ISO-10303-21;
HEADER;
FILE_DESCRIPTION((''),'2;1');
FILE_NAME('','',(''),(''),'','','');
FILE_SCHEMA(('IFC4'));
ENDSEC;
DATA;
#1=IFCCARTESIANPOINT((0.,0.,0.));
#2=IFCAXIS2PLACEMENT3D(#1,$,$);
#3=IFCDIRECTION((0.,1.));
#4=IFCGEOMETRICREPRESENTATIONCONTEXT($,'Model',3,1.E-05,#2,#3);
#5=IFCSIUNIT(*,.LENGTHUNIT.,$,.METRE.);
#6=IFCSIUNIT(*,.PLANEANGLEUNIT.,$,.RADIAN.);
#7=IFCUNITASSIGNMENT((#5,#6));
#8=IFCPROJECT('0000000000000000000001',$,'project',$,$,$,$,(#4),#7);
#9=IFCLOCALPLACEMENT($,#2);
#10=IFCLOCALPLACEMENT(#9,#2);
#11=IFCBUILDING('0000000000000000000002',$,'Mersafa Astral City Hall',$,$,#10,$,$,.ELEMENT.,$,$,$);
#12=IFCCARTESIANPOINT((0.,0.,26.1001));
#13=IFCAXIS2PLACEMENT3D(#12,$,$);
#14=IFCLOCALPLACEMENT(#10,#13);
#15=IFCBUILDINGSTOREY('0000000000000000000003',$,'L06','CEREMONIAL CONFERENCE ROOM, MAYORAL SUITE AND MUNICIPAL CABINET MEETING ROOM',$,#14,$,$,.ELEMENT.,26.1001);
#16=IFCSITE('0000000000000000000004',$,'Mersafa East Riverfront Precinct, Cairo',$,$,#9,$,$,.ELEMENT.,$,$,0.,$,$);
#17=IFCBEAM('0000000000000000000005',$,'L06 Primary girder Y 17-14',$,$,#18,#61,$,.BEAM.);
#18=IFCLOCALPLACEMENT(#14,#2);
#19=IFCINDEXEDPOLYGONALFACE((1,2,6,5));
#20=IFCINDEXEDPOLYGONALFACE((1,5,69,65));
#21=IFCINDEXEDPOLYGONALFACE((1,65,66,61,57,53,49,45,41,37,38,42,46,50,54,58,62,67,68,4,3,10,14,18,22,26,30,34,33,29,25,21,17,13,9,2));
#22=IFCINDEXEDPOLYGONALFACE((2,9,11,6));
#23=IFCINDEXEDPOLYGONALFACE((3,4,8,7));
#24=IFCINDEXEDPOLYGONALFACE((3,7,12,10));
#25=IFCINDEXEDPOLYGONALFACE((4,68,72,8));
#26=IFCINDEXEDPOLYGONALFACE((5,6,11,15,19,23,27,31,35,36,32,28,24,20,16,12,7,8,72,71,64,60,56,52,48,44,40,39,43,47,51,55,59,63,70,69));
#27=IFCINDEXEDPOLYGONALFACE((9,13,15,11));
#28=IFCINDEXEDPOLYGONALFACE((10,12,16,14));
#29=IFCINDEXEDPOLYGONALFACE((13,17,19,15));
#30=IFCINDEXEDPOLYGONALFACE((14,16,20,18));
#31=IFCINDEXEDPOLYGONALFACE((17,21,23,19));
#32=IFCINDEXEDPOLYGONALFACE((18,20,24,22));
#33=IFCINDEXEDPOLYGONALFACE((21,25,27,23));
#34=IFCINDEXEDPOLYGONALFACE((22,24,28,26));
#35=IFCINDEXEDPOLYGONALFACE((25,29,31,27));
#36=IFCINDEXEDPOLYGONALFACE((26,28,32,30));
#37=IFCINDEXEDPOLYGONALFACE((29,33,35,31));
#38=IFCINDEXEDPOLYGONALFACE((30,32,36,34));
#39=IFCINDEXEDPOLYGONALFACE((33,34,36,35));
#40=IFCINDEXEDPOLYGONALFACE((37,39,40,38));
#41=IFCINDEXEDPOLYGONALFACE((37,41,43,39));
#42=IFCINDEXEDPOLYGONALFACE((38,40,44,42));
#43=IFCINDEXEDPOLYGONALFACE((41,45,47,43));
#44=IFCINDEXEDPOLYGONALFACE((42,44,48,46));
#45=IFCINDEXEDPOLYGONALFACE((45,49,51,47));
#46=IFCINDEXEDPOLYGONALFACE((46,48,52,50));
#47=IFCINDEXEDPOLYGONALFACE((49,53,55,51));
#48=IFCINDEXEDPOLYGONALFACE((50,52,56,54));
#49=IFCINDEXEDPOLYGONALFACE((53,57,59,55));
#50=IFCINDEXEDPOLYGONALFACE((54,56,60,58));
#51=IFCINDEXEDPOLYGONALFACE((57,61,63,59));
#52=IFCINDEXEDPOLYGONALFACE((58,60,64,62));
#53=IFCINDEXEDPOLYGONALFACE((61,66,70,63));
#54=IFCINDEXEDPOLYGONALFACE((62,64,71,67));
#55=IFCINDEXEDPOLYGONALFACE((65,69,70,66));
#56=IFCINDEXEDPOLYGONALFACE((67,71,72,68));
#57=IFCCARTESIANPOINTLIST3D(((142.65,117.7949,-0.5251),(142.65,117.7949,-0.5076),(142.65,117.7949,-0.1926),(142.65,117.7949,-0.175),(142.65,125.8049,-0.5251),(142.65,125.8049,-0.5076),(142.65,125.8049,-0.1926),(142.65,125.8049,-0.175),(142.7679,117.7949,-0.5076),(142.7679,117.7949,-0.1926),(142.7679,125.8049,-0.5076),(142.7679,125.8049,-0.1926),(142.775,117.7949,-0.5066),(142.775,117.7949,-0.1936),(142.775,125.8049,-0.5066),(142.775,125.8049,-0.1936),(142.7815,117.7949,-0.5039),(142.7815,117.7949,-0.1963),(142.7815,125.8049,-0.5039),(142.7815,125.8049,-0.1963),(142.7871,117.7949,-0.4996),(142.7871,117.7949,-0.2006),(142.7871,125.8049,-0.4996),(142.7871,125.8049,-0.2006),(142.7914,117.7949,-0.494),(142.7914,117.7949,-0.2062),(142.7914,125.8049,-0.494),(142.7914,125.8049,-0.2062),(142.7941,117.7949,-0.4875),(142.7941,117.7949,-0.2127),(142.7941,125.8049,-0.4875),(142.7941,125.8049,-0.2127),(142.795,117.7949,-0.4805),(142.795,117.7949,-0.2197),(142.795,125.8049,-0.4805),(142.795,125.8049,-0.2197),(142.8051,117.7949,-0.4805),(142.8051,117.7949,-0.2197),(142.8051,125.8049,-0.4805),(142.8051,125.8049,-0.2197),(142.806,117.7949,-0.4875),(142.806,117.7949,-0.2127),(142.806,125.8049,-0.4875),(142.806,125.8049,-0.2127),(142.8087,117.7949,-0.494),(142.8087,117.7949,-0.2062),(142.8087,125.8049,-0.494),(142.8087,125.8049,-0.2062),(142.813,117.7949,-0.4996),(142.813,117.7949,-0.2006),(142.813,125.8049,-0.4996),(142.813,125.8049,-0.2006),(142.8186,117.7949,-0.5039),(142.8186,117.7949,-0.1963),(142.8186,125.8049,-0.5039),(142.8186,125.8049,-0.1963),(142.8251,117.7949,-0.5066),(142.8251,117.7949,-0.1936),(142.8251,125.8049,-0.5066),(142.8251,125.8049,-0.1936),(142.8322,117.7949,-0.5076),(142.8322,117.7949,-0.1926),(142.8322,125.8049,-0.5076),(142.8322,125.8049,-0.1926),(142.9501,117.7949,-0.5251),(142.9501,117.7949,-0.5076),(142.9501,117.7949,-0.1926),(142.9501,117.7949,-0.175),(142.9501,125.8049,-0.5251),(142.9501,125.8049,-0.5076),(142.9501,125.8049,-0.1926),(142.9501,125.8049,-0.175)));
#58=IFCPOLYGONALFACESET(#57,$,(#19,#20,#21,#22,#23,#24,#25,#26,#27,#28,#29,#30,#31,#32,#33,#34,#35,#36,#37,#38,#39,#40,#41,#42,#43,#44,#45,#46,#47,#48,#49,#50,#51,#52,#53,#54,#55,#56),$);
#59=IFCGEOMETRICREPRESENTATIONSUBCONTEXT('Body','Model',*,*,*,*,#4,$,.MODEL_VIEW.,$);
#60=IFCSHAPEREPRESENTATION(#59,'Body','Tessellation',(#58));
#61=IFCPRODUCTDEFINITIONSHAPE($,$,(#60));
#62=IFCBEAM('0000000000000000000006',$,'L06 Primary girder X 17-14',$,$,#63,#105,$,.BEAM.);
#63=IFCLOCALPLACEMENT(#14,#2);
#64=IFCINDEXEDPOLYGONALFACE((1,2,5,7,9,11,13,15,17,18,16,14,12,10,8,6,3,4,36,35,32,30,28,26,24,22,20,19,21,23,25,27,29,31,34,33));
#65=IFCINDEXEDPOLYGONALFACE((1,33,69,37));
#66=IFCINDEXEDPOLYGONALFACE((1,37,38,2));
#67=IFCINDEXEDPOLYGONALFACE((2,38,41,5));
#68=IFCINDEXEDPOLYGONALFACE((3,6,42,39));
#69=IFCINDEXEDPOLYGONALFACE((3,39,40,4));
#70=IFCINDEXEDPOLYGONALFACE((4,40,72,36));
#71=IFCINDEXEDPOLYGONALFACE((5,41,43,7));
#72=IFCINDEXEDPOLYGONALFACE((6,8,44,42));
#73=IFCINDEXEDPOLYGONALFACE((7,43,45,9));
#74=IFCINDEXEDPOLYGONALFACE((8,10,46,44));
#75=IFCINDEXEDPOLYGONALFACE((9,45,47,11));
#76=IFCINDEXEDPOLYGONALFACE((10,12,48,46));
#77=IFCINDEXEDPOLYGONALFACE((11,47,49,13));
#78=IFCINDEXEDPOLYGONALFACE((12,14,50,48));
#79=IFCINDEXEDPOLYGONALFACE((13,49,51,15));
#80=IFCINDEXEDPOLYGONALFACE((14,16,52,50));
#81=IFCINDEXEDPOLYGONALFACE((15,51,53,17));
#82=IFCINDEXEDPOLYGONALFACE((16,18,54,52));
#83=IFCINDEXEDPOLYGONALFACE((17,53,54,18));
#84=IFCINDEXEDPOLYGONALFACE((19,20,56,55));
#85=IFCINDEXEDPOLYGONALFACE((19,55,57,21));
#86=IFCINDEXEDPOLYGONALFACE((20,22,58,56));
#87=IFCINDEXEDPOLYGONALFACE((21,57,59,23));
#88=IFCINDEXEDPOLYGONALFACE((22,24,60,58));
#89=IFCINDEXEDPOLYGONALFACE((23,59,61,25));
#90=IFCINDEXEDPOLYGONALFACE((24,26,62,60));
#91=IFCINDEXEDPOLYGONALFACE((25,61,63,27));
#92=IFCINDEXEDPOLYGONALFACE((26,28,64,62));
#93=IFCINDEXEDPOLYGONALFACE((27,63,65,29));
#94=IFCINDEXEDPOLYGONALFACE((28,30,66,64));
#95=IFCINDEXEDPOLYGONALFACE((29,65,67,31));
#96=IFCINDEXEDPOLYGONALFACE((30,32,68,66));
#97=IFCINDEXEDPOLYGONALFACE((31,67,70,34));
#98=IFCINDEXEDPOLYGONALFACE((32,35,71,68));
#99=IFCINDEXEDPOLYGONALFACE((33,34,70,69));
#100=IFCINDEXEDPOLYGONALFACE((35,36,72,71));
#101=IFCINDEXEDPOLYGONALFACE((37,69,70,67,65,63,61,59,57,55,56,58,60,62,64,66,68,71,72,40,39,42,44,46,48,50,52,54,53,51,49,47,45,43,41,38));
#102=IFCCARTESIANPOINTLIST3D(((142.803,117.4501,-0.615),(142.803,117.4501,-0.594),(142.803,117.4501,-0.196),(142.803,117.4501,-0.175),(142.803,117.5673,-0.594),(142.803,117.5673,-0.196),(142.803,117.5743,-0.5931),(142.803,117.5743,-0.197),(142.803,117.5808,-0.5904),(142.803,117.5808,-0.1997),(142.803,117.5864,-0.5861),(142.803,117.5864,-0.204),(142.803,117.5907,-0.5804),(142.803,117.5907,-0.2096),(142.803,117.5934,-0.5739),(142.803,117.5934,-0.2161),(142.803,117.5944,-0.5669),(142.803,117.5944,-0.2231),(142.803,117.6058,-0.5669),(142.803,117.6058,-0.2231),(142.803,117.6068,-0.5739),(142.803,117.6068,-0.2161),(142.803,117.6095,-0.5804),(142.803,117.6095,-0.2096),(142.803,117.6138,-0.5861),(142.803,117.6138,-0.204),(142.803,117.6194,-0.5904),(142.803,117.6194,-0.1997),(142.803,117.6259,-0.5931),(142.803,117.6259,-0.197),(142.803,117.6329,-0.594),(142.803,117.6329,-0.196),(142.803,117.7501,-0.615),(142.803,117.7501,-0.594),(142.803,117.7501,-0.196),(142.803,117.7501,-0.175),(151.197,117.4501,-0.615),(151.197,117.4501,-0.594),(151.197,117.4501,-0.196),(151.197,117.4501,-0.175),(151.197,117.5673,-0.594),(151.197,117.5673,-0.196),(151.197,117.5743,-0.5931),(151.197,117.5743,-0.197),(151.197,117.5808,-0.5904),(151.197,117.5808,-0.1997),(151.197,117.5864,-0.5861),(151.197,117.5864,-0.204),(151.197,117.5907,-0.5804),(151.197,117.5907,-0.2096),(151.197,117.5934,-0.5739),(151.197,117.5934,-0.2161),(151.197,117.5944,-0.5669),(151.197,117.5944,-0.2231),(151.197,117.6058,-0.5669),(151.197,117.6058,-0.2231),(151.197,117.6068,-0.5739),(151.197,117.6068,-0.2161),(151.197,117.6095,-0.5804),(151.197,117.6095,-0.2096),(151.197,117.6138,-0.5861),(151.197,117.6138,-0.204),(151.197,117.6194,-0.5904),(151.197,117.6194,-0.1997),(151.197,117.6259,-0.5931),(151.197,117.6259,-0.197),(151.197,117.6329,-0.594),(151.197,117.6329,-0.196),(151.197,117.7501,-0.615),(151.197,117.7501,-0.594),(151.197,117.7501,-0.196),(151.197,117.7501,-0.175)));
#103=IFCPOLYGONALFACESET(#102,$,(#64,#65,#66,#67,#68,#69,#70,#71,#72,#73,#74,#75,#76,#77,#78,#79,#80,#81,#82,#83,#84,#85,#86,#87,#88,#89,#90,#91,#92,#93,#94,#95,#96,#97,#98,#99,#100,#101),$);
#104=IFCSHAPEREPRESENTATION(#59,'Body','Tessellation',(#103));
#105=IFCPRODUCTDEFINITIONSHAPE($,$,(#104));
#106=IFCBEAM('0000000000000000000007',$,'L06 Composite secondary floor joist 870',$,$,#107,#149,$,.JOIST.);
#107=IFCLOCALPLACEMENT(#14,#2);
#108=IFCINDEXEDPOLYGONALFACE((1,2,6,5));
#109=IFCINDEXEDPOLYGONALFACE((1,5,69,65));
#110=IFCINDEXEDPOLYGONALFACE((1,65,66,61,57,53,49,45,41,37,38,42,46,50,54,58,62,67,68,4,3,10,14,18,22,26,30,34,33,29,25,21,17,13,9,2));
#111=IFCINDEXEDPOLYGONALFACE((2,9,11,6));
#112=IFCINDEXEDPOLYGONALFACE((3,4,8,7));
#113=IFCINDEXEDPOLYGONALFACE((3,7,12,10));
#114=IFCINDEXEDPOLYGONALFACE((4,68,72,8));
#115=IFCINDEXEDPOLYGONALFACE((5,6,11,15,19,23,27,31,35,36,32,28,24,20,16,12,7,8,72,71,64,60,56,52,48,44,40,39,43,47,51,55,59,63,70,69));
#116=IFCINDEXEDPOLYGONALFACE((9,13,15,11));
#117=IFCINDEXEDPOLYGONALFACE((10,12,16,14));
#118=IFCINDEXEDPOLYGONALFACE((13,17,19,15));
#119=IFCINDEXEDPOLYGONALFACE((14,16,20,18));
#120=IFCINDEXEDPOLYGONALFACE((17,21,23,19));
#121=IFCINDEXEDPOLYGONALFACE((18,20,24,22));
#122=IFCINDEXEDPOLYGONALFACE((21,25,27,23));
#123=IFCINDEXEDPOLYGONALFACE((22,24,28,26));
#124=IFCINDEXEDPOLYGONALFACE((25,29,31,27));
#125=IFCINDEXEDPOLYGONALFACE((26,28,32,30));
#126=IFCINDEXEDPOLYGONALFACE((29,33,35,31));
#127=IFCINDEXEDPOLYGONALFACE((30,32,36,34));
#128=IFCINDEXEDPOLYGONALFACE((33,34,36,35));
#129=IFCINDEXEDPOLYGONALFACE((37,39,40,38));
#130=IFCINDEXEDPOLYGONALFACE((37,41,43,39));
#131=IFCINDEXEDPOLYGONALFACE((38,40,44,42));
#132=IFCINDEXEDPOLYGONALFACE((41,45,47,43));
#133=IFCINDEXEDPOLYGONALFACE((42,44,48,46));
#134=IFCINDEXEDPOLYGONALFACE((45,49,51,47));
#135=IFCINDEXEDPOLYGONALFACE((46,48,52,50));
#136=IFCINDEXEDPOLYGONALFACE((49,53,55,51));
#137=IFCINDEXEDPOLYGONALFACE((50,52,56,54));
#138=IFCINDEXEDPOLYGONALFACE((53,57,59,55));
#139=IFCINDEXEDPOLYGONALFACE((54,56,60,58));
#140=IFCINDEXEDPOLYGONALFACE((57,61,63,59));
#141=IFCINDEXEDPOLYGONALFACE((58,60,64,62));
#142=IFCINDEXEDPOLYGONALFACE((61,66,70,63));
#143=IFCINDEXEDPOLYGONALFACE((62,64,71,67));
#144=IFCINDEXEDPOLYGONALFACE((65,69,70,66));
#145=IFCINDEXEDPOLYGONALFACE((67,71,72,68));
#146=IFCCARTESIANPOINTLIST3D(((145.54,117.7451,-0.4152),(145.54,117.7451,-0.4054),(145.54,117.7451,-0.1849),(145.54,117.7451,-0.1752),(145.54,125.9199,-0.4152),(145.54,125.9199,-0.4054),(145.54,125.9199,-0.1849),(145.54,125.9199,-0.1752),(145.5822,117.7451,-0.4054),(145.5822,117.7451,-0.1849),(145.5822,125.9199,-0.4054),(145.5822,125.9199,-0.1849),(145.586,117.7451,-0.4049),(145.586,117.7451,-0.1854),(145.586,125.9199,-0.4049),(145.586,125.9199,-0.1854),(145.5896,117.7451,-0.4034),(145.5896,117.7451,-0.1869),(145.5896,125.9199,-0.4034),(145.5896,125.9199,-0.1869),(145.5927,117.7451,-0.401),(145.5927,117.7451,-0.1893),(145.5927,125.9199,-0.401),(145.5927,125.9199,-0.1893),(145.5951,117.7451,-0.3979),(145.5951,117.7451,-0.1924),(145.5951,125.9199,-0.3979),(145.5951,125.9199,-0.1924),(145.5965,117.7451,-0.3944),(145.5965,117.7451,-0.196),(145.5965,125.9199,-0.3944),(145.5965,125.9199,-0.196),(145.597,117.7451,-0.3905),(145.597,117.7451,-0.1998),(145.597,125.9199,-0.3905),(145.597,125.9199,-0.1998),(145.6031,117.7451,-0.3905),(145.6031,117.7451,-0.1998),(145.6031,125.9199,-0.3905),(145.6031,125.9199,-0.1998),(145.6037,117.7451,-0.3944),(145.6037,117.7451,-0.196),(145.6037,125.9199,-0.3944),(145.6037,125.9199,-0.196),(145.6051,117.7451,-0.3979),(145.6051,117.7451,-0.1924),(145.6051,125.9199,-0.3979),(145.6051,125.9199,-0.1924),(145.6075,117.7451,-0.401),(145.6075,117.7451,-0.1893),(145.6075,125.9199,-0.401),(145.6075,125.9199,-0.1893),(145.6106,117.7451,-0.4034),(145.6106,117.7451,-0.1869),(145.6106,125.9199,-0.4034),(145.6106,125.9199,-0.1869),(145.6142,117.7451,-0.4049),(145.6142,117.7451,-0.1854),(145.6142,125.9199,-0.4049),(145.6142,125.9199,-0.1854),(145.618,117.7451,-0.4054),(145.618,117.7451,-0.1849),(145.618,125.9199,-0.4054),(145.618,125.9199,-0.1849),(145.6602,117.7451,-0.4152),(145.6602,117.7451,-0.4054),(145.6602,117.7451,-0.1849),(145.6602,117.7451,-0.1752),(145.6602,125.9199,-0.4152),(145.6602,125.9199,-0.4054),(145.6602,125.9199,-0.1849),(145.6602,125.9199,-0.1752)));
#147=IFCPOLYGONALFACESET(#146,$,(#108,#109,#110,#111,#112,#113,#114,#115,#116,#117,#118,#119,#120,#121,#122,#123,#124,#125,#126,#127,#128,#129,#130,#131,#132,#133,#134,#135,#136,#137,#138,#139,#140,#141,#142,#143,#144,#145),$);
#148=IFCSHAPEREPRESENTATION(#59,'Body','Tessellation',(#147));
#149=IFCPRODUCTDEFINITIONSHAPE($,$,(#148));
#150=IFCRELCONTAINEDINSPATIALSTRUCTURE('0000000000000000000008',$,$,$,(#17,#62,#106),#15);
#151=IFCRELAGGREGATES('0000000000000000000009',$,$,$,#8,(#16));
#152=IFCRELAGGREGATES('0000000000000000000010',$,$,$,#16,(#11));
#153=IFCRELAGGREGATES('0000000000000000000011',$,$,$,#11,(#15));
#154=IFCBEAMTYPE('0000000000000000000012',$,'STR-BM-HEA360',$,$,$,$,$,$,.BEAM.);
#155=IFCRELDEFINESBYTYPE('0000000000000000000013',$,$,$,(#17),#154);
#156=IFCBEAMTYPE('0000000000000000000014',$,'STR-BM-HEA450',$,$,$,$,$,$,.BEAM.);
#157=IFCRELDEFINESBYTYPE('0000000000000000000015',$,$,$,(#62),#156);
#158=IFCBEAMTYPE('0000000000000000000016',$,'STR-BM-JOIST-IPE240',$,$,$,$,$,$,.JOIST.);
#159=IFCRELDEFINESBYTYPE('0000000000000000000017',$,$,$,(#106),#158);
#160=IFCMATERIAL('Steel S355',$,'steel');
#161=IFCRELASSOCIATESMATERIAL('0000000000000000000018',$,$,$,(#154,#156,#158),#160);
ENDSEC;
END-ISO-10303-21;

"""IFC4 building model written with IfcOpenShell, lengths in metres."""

from ifc_helpers import new_model, si_unit, direction, frame, origin, origin_2d, place, context, subcontext, project, spatial, i_section, extrude, material, material_profile, profile_set, type_object, element, save


model = new_model("IFC4")

# Units and contexts
model_context = context("Model", 3, precision=1e-05, world=origin(), true_north=direction((0.0, 1.0)))
body_context = subcontext(model_context, "Body", "Model", "MODEL_VIEW")
ifc_project = project(units=[si_unit("LENGTHUNIT", "METRE"), si_unit("PLANEANGLEUNIT", "RADIAN")], contexts=[model_context])

# Site, building, storey
site_placement = place(None, origin())
site = spatial("IfcSite", under=ifc_project, at=site_placement, Name="Mersafa East Riverfront Precinct, Cairo", CompositionType="ELEMENT", RefElevation=0.0)
building_placement = place(site_placement, origin())
building = spatial("IfcBuilding", under=site, at=building_placement, Name="Mersafa Astral City Hall", CompositionType="ELEMENT")
storey_placement = place(building_placement, frame((0.0, 0.0, 26.1001)))
storey = spatial("IfcBuildingStorey", under=building, at=storey_placement, Name="L06", Description="CEREMONIAL CONFERENCE ROOM, MAYORAL SUITE AND MUNICIPAL CABINET MEETING ROOM", CompositionType="ELEMENT", Elevation=26.1001)

# Shared definitions
ifc_material_1 = material(Name="Steel S355", Category="steel")

# Beams
ifc_material_profile_1 = material_profile(ifc_material_1, i_section(OverallWidth=0.3, OverallDepth=0.3501, WebThickness=0.01, FlangeThickness=0.0176, FilletRadius=0.0271, at=origin_2d()), Name="HEA 360")
ifc_profile_set_1 = profile_set([ifc_material_profile_1], Name="Steel S355")
beam_type_1 = type_object("IfcBeamType", Name="STR-BM-HEA360", PredefinedType="BEAM", material=ifc_profile_set_1)
beam_1_placement = place(storey_placement, frame((142.8, 117.7949, -0.3501), z_axis=(0.0, 1.0, 0.0), x_axis=(-1.0, 0.0, 0.0)))
element("IfcBeam", 1, at=beam_1_placement, inside=storey, type_object=beam_type_1, Name="L06 Primary girder Y 17-14", PredefinedType="BEAM", context=body_context, shape_type="SweptSolid", body=[
    extrude(i_section(OverallWidth=0.3, OverallDepth=0.3501, WebThickness=0.01, FlangeThickness=0.0176, FilletRadius=0.0271, at=origin_2d()), origin(), (0.0, 0.0, 1.0), 8.01),
])
ifc_material_profile_2 = material_profile(ifc_material_1, i_section(OverallWidth=0.3, OverallDepth=0.4399, WebThickness=0.0115, FlangeThickness=0.021, FilletRadius=0.0271, at=origin_2d()), Name="HEA 450")
ifc_profile_set_2 = profile_set([ifc_material_profile_2], Name="Steel S355")
beam_type_2 = type_object("IfcBeamType", Name="STR-BM-HEA450", PredefinedType="BEAM", material=ifc_profile_set_2)
beam_2_placement = place(storey_placement, frame((142.803, 117.6001, -0.395), z_axis=(1.0, 0.0, 0.0), x_axis=(0.0, 1.0, 0.0)))
element("IfcBeam", 2, at=beam_2_placement, inside=storey, type_object=beam_type_2, Name="L06 Primary girder X 17-14", PredefinedType="BEAM", context=body_context, shape_type="SweptSolid", body=[
    extrude(i_section(OverallWidth=0.3, OverallDepth=0.4399, WebThickness=0.0115, FlangeThickness=0.021, FilletRadius=0.0271, at=origin_2d()), origin(), (0.0, 0.0, 1.0), 8.394),
])
ifc_material_profile_3 = material_profile(ifc_material_1, i_section(OverallWidth=0.1201, OverallDepth=0.24, WebThickness=0.0061, FlangeThickness=0.0098, FilletRadius=0.0149, at=origin_2d()), Name="IPE 240")
ifc_profile_set_3 = profile_set([ifc_material_profile_3], Name="Steel S355")
beam_type_3 = type_object("IfcBeamType", Name="STR-BM-JOIST-IPE240", PredefinedType="JOIST", material=ifc_profile_set_3)
beam_3_placement = place(storey_placement, frame((145.6001, 117.7451, -0.2952), z_axis=(0.0, 1.0, 0.0), x_axis=(-1.0, 0.0, 0.0)))
element("IfcBeam", 3, at=beam_3_placement, inside=storey, type_object=beam_type_3, Name="L06 Composite secondary floor joist 870", PredefinedType="JOIST", context=body_context, shape_type="SweptSolid", body=[
    extrude(i_section(OverallWidth=0.1201, OverallDepth=0.24, WebThickness=0.0061, FlangeThickness=0.0098, FilletRadius=0.0149, at=origin_2d()), origin(), (0.0, 0.0, 1.0), 8.1748),
])

save(model, "model.ifc")
